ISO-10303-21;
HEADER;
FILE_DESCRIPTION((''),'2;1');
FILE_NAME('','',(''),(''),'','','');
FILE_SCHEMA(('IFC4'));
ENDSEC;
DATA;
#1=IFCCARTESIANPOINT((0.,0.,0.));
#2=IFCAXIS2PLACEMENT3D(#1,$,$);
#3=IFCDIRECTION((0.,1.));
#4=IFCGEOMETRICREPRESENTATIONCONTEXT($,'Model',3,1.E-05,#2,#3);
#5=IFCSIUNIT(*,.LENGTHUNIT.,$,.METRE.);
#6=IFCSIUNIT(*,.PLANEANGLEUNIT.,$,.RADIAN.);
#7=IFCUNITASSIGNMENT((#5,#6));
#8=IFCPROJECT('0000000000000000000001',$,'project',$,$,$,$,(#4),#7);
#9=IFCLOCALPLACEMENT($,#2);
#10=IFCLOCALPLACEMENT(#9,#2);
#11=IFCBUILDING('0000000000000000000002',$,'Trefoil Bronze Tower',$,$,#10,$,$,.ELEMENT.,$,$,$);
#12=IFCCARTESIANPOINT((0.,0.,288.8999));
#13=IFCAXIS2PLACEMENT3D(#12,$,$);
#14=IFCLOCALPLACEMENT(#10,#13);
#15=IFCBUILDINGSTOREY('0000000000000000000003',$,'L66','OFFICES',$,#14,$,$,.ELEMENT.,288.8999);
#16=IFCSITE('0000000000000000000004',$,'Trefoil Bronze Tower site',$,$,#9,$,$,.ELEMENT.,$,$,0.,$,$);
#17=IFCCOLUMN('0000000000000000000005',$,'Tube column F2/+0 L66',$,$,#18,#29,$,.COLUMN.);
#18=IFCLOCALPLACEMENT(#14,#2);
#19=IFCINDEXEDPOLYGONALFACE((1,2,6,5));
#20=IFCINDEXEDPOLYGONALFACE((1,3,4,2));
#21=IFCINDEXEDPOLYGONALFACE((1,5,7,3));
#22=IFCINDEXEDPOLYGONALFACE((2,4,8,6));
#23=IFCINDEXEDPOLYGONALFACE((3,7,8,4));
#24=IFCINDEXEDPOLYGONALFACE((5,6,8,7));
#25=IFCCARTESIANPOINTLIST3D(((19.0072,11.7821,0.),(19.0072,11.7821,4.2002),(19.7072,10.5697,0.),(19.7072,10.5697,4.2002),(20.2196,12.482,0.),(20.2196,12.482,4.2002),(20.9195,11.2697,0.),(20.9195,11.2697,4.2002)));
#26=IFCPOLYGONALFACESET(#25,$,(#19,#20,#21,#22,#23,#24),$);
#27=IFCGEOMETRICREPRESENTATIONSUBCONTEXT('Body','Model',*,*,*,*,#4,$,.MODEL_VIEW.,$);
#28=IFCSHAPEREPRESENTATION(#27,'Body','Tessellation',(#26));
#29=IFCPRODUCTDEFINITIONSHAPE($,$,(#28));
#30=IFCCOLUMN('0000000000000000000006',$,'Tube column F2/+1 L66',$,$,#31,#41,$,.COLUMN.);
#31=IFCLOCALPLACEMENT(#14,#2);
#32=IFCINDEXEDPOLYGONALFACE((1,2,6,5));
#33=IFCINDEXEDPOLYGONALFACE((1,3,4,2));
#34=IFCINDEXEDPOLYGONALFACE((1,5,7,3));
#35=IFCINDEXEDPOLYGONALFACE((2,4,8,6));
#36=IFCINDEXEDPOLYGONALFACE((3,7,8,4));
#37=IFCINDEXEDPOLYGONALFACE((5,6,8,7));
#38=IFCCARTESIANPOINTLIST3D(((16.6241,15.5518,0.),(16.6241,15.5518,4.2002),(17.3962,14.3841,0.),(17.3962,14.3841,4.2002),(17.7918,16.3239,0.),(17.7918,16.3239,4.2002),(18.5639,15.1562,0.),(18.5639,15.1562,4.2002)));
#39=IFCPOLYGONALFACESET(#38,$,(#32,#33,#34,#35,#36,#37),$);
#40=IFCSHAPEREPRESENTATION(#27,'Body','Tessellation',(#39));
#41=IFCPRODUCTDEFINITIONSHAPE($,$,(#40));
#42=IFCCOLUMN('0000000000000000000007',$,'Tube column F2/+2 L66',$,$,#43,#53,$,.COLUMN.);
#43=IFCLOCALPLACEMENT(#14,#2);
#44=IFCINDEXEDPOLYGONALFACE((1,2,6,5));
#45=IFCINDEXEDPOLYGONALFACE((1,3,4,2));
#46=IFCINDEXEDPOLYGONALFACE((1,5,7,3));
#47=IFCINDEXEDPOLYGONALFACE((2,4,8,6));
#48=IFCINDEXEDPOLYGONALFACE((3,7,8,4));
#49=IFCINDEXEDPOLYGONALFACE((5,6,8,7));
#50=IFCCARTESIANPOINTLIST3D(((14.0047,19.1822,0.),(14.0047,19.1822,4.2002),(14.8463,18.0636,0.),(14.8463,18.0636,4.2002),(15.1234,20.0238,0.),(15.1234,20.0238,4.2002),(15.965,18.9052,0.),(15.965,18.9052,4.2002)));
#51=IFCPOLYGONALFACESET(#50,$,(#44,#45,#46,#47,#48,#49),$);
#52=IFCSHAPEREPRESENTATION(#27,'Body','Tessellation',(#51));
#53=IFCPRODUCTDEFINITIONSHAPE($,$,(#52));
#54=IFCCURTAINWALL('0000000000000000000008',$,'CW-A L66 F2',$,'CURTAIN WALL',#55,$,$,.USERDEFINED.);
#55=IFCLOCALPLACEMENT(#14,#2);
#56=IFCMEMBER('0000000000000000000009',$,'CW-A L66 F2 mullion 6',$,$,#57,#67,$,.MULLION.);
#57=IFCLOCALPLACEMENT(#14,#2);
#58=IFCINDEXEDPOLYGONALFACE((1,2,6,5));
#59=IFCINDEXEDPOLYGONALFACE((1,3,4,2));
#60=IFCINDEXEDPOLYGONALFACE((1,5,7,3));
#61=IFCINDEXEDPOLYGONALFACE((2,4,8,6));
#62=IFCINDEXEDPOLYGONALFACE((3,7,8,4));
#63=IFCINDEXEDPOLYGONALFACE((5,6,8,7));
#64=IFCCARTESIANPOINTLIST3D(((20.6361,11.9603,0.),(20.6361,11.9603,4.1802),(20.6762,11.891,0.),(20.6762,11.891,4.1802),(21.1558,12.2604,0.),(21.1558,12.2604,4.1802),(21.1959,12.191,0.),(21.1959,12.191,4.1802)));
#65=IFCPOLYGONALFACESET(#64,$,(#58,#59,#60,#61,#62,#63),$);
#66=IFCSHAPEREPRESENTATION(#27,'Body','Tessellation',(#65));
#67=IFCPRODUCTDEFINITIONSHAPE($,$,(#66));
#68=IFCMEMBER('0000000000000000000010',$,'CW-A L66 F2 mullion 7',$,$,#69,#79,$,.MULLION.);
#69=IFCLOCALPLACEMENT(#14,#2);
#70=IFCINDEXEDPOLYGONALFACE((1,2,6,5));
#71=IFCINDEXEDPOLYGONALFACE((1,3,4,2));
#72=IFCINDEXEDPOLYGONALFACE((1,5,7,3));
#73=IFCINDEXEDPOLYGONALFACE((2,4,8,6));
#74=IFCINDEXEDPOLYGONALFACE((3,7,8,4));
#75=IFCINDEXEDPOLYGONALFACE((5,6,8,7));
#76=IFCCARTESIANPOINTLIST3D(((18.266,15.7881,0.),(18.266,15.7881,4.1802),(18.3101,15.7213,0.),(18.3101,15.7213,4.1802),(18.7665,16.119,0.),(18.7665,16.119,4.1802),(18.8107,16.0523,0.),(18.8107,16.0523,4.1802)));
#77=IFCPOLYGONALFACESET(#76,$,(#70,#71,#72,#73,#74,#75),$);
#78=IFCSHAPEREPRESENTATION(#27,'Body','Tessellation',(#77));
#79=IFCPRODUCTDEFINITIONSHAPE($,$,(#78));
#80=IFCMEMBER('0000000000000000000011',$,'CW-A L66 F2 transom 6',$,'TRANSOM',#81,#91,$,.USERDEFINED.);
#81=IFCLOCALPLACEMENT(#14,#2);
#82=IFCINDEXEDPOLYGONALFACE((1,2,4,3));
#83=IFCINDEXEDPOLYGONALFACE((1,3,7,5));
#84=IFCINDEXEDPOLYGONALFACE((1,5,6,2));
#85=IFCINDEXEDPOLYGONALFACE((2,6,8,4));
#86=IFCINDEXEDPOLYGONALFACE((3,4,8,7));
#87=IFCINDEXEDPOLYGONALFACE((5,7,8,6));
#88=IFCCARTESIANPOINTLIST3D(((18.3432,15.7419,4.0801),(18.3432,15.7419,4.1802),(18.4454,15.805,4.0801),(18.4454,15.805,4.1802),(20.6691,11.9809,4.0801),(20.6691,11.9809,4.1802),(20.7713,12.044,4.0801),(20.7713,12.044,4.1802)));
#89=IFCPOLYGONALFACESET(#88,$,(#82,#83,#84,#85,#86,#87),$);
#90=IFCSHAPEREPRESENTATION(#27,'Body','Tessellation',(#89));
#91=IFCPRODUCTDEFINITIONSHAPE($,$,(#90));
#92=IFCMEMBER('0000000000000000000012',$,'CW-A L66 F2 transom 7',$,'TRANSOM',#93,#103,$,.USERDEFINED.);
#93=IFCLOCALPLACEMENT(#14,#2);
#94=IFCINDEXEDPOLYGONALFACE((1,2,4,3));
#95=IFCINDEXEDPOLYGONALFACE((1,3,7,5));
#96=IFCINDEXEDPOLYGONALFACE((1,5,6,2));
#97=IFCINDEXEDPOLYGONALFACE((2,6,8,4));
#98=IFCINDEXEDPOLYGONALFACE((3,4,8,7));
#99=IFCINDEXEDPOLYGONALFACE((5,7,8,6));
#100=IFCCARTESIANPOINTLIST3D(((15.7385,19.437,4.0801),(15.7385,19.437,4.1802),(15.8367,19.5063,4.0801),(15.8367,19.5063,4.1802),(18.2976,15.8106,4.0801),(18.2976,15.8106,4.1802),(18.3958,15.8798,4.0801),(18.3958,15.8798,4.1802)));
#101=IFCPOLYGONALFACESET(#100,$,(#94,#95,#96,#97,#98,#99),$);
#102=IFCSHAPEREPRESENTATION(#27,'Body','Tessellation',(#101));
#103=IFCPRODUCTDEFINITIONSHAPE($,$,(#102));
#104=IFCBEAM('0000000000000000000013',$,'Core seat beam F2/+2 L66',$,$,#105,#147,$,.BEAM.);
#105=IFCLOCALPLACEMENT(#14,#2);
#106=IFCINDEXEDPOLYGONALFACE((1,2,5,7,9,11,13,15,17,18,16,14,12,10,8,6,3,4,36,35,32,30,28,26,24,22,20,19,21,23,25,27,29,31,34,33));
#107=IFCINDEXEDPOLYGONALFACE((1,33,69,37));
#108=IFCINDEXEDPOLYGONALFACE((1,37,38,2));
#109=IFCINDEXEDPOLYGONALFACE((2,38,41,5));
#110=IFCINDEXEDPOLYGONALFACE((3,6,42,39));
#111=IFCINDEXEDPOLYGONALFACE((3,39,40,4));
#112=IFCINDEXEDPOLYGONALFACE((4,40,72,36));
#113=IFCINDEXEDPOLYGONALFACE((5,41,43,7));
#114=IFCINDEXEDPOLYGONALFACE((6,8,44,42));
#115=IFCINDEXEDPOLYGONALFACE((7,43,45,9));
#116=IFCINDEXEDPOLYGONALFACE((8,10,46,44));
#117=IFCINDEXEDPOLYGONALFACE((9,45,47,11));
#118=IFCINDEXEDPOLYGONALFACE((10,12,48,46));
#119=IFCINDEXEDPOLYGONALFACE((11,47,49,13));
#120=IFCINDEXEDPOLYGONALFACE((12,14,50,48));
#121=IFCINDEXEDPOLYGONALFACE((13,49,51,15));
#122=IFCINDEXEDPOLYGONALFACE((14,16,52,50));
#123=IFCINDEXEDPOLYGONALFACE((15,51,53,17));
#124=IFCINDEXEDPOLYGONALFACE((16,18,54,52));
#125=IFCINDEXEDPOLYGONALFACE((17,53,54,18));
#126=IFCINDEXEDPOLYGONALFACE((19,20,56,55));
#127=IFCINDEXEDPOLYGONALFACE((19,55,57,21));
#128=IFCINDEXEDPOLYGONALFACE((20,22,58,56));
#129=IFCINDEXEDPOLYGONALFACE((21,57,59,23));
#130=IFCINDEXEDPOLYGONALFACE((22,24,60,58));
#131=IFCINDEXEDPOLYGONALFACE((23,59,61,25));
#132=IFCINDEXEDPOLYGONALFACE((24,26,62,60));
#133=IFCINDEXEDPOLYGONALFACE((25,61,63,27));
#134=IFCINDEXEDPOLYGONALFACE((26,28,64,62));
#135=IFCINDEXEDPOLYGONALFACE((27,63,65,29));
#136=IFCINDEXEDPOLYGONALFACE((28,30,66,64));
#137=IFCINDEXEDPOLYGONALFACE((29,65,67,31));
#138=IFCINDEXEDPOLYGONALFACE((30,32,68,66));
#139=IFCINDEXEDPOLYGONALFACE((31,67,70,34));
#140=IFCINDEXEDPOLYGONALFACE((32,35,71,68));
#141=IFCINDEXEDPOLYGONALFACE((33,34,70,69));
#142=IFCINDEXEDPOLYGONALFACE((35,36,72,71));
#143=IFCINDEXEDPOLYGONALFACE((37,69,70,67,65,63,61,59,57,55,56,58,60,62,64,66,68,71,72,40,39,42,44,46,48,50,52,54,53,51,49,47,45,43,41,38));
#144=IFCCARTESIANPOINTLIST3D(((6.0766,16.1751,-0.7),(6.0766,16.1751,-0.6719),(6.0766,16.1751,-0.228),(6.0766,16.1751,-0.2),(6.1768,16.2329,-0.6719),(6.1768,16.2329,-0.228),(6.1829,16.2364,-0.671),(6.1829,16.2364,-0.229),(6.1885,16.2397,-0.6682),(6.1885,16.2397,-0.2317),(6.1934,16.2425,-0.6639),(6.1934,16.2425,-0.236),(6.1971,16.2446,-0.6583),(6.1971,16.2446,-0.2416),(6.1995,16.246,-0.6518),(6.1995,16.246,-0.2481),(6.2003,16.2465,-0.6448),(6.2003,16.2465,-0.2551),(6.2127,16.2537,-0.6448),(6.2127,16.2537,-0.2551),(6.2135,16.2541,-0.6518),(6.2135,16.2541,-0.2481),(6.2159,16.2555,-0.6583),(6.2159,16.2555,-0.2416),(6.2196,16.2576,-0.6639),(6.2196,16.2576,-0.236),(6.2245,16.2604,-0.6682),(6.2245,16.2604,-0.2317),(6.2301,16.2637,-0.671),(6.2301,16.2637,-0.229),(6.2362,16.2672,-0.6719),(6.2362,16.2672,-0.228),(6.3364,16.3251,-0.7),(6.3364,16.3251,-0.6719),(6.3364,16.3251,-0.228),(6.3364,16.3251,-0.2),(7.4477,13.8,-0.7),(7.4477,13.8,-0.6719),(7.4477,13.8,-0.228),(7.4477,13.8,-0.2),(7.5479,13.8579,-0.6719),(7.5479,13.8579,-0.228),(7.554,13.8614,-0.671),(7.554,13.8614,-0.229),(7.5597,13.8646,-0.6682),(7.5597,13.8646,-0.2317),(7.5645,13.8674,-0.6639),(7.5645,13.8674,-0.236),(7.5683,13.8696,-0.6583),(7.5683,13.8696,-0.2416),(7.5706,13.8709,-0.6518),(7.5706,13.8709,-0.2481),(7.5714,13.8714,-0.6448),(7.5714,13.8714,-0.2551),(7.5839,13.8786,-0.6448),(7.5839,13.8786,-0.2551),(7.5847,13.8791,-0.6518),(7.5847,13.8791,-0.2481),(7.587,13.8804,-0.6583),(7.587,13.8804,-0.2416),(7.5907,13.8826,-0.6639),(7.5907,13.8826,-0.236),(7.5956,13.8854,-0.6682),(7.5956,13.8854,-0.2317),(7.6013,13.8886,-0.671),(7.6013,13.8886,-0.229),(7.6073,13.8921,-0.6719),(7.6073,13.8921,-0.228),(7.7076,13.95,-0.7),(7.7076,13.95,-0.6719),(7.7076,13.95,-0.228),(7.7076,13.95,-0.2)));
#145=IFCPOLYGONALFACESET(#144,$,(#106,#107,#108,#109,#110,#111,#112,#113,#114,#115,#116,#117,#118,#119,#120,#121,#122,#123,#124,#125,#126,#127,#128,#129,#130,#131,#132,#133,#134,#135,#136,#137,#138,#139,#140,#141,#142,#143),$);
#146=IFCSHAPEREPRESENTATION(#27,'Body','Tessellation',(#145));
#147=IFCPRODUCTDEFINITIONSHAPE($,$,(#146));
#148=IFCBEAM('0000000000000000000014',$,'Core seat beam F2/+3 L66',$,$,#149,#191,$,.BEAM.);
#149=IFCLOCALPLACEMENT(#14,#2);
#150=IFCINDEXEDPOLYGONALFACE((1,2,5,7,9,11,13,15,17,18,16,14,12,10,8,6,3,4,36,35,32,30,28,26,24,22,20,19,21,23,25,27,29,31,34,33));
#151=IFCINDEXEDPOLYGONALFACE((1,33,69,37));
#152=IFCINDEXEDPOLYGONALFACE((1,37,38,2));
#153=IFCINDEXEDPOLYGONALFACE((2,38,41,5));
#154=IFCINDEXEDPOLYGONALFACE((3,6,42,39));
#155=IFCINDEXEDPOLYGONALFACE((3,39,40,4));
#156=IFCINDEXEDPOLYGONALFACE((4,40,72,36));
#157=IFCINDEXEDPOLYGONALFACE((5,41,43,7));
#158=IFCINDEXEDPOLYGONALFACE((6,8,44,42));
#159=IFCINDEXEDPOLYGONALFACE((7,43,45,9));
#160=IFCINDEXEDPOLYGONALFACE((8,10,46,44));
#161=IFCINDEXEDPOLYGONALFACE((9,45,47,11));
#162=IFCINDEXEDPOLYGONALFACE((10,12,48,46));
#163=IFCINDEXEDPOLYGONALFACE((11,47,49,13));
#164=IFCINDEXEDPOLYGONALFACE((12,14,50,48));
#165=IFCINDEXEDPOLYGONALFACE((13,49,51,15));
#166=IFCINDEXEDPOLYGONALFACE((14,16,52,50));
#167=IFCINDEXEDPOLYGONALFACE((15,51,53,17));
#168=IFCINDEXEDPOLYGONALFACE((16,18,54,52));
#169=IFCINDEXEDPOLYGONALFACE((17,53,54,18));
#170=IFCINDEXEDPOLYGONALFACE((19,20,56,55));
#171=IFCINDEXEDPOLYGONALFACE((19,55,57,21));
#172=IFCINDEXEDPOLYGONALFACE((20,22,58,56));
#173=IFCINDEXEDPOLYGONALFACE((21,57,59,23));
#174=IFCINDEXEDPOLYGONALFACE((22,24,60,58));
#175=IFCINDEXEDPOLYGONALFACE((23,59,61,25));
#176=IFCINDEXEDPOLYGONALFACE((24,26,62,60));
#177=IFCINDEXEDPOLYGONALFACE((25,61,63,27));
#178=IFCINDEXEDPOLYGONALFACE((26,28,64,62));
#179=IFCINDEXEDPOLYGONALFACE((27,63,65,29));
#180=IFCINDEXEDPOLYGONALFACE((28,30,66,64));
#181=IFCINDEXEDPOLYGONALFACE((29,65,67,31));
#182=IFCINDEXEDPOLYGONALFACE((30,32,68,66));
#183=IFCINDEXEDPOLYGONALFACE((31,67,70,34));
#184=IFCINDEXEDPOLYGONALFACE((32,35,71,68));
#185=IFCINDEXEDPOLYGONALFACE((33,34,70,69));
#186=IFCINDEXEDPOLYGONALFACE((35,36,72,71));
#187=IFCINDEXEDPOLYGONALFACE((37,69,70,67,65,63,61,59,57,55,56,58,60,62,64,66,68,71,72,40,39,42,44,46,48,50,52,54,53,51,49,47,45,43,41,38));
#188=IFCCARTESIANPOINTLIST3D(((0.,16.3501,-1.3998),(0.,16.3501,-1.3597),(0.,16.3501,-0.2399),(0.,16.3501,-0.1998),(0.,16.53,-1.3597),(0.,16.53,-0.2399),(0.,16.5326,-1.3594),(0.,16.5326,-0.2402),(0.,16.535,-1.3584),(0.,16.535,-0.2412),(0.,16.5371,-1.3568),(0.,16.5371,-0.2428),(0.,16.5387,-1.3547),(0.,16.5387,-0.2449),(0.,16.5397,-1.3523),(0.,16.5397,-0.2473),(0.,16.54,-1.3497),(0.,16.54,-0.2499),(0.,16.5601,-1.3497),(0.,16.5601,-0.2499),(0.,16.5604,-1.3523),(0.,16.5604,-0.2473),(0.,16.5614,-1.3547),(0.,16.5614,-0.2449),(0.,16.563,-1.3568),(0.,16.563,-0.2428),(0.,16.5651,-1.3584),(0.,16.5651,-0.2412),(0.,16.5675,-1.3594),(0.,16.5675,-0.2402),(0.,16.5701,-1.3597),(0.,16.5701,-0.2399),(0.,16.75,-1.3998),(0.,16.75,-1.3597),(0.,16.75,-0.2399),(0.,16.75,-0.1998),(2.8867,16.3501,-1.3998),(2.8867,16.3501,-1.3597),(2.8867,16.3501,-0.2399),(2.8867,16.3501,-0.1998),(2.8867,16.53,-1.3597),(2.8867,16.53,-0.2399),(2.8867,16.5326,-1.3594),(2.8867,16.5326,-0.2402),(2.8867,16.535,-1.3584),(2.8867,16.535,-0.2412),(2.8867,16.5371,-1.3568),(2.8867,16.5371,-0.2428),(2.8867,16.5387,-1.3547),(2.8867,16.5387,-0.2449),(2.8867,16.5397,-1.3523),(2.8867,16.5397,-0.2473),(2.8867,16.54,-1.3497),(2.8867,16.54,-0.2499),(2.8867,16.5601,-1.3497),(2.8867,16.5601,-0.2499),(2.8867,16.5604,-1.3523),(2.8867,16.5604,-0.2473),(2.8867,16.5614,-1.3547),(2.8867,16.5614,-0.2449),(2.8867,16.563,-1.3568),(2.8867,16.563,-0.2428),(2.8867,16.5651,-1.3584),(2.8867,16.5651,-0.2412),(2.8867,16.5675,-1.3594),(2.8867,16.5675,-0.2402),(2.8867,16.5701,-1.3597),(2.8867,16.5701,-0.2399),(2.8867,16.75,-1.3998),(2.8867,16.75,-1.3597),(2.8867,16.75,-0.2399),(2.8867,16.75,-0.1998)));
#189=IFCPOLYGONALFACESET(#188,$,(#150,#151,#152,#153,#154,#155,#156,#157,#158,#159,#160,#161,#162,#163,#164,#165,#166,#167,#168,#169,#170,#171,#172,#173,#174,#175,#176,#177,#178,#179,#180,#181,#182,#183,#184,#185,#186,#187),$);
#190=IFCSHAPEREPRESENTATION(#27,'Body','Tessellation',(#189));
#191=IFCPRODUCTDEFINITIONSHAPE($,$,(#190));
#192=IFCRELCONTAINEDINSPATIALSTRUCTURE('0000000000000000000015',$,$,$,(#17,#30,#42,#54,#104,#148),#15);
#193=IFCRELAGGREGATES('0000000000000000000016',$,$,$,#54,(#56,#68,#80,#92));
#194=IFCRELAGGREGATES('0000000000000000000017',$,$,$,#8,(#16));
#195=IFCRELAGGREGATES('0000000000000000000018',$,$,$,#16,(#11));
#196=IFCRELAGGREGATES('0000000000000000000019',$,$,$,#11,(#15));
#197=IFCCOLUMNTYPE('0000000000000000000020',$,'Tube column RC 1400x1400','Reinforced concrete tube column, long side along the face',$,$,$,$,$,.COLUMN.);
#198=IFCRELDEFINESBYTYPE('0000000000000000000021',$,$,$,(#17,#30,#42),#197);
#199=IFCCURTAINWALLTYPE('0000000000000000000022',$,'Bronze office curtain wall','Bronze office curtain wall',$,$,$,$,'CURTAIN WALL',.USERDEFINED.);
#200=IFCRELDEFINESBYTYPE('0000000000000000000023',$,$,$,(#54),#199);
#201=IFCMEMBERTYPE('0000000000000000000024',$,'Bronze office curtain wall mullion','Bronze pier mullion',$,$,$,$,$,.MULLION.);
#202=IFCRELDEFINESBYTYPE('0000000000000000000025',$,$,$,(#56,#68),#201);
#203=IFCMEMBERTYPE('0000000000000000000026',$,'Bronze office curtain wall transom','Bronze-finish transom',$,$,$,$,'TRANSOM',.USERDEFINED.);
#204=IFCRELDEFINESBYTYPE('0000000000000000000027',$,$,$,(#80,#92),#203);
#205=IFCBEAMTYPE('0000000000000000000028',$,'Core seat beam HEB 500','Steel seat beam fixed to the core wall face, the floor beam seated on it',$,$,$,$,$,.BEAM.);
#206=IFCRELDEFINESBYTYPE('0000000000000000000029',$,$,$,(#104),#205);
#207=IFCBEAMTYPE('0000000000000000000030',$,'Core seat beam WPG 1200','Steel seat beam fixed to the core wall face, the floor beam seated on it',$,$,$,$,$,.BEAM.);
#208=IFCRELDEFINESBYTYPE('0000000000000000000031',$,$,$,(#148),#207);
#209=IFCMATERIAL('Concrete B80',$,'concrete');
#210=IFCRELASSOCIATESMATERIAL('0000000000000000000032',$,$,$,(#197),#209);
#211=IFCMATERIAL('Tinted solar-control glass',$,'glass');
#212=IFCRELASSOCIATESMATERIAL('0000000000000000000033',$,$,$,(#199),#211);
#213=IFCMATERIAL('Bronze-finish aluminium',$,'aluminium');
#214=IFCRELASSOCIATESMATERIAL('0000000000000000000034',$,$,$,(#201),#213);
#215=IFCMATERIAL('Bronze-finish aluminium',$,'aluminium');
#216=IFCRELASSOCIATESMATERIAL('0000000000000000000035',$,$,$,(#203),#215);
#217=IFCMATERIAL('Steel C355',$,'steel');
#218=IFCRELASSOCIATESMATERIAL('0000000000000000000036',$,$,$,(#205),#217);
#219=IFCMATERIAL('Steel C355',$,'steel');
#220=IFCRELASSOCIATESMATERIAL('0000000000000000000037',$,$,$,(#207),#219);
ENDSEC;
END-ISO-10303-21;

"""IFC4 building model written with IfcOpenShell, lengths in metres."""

from ifc_helpers import new_model, si_unit, direction, frame, origin, origin_2d, place, context, subcontext, project, spatial, rectangle, i_section, extrude, material, material_profile, profile_set, type_object, element, aggregate, save


model = new_model("IFC4")

# Units and contexts
model_context = context("Model", 3, precision=1e-05, world=origin(), true_north=direction((0.0, 1.0)))
body_context = subcontext(model_context, "Body", "Model", "MODEL_VIEW")
ifc_project = project(units=[si_unit("LENGTHUNIT", "METRE"), si_unit("PLANEANGLEUNIT", "RADIAN")], contexts=[model_context])

# Site, building, storey
site_placement = place(None, origin())
site = spatial("IfcSite", under=ifc_project, at=site_placement, Name="Trefoil Bronze Tower site", CompositionType="ELEMENT", RefElevation=0.0)
building_placement = place(site_placement, origin())
building = spatial("IfcBuilding", under=site, at=building_placement, Name="Trefoil Bronze Tower", CompositionType="ELEMENT")
storey_placement = place(building_placement, frame((0.0, 0.0, 288.8999)))
storey = spatial("IfcBuildingStorey", under=building, at=storey_placement, Name="L66", Description="OFFICES", CompositionType="ELEMENT", Elevation=288.8999)

# Columns
ifc_material_1 = material(Name="Concrete B80", Category="concrete")
ifc_material_profile_1 = material_profile(ifc_material_1, rectangle(XDim=1.3999, YDim=1.3999, at=origin_2d()), Name="RC 1400x1400")
ifc_profile_set_1 = profile_set([ifc_material_profile_1], Name="Concrete B80")
column_type = type_object("IfcColumnType", Name="Tube column RC 1400x1400", Description="Reinforced concrete tube column, long side along the face", PredefinedType="COLUMN", material=ifc_profile_set_1)
for number, where, z_axis, x_axis, name in (
    (1, (19.9634, 11.5259, 0.0), (0.0, 0.0, 1.0), (-0.5, 0.866025, 0.0), "Tube column F2/+0 L66"),
    (2, (17.594, 15.354, 0.0), (0.0, 0.0, 1.0), (-0.551524, 0.834159, 0.0), "Tube column F2/+1 L66"),
    (3, (14.9849, 19.0437, 0.0), (0.0, 0.0, 1.0), (-0.601203, 0.799096, 0.0), "Tube column F2/+2 L66"),
):
    element("IfcColumn", number, at=place(storey_placement, frame(where, z_axis=z_axis, x_axis=x_axis)), inside=storey, type_object=column_type, Name=name, PredefinedType="COLUMN", context=body_context, shape_type="SweptSolid", body=[
        extrude(rectangle(XDim=1.3999, YDim=1.3999, at=origin_2d()), origin(), (0.0, 0.0, 1.0), 4.2002),
    ])

# Curtain wall, members
ifc_material_2 = material(Name="Tinted solar-control glass", Category="glass")
curtain_wall_type = type_object("IfcCurtainWallType", Name="Bronze office curtain wall", Description="Bronze office curtain wall", ElementType="CURTAIN WALL", PredefinedType="USERDEFINED", material=ifc_material_2)
curtain_wall_placement = place(storey_placement, origin())
curtain_wall = element("IfcCurtainWall", 4, at=curtain_wall_placement, inside=storey, type_object=curtain_wall_type, Name="CW-A L66 F2", ObjectType="CURTAIN WALL", PredefinedType="USERDEFINED")
ifc_material_3 = material(Name="Bronze-finish aluminium", Category="aluminium")
ifc_material_profile_2 = material_profile(ifc_material_3, rectangle(XDim=0.6001, YDim=0.0801, at=origin_2d()), Name="CW-A mullion")
ifc_profile_set_2 = profile_set([ifc_material_profile_2], Name="Bronze-finish aluminium")
member_type_1 = type_object("IfcMemberType", Name="Bronze office curtain wall mullion", Description="Bronze pier mullion", PredefinedType="MULLION", material=ifc_profile_set_2)
member_1_placement = place(storey_placement, frame((20.916, 12.0757, 0.0), z_axis=(0.0, 0.0, 1.0), x_axis=(-0.866025, -0.5, 0.0)))
member_1 = element("IfcMember", 5, at=member_1_placement, type_object=member_type_1, Name="CW-A L66 F2 mullion 6", PredefinedType="MULLION", context=body_context, shape_type="SweptSolid", body=[
    extrude(rectangle(XDim=0.6001, YDim=0.0801, at=origin_2d()), origin(), (0.0, 0.0, 1.0), 4.1802),
])
member_2_placement = place(storey_placement, frame((18.5383, 15.9202, 0.0), z_axis=(0.0, 0.0, 1.0), x_axis=(-0.834159, -0.551524, 0.0)))
member_2 = element("IfcMember", 6, at=member_2_placement, type_object=member_type_1, Name="CW-A L66 F2 mullion 7", PredefinedType="MULLION", context=body_context, shape_type="SweptSolid", body=[
    extrude(rectangle(XDim=0.6001, YDim=0.0801, at=origin_2d()), origin(), (0.0, 0.0, 1.0), 4.1802),
])
ifc_material_4 = material(Name="Bronze-finish aluminium", Category="aluminium")
ifc_material_profile_3 = material_profile(ifc_material_4, rectangle(XDim=0.1201, YDim=0.1001, at=origin_2d()), Name="CW-A transom")
ifc_profile_set_3 = profile_set([ifc_material_profile_3], Name="Bronze-finish aluminium")
member_type_2 = type_object("IfcMemberType", Name="Bronze office curtain wall transom", Description="Bronze-finish transom", ElementType="TRANSOM", PredefinedType="USERDEFINED", material=ifc_profile_set_3)
member_3_placement = place(storey_placement, frame((20.7202, 12.0125, 4.1301), z_axis=(-0.525978, 0.850498, 0.0), x_axis=(-0.850498, -0.525978, 0.0)))
member_3 = element("IfcMember", 7, at=member_3_placement, type_object=member_type_2, Name="CW-A L66 F2 transom 6", ObjectType="TRANSOM", PredefinedType="USERDEFINED", context=body_context, shape_type="SweptSolid", body=[
    extrude(rectangle(XDim=0.1201, YDim=0.1001, at=origin_2d()), origin(), (0.0, 0.0, 1.0), 4.4221),
])
member_4_placement = place(storey_placement, frame((18.3467, 15.8452, 4.1301), z_axis=(-0.576567, 0.81705, 0.0), x_axis=(-0.81705, -0.576567, 0.0)))
member_4 = element("IfcMember", 8, at=member_4_placement, type_object=member_type_2, Name="CW-A L66 F2 transom 7", ObjectType="TRANSOM", PredefinedType="USERDEFINED", context=body_context, shape_type="SweptSolid", body=[
    extrude(rectangle(XDim=0.1201, YDim=0.1001, at=origin_2d()), origin(), (0.0, 0.0, 1.0), 4.4385),
])

# Beams
ifc_material_5 = material(Name="Steel C355", Category="steel")
ifc_material_profile_4 = material_profile(ifc_material_5, i_section(OverallWidth=0.3, OverallDepth=0.5, WebThickness=0.0144, FlangeThickness=0.0281, FilletRadius=0.0271, at=origin_2d()), Name="HEB 500")
ifc_profile_set_4 = profile_set([ifc_material_profile_4], Name="Steel C355")
beam_type_1 = type_object("IfcBeamType", Name="Core seat beam HEB 500", Description="Steel seat beam fixed to the core wall face, the floor beam seated on it", PredefinedType="BEAM", material=ifc_profile_set_4)
beam_1_placement = place(storey_placement, frame((7.5776, 13.875, -0.45), z_axis=(-0.499969, 0.866043, 0.0), x_axis=(-0.866043, -0.499969, 0.0)))
element("IfcBeam", 9, at=beam_1_placement, inside=storey, type_object=beam_type_1, Name="Core seat beam F2/+2 L66", PredefinedType="BEAM", context=body_context, shape_type="SweptSolid", body=[
    extrude(i_section(OverallWidth=0.3, OverallDepth=0.5, WebThickness=0.0144, FlangeThickness=0.0281, FilletRadius=0.0271, at=origin_2d()), origin(), (0.0, 0.0, 1.0), 2.7424),
])
ifc_material_6 = material(Name="Steel C355", Category="steel")
ifc_material_profile_5 = material_profile(ifc_material_6, i_section(OverallWidth=0.3999, OverallDepth=1.2, WebThickness=0.02, FlangeThickness=0.04, FilletRadius=0.01, at=origin_2d()), Name="WPG 1200")
ifc_profile_set_5 = profile_set([ifc_material_profile_5], Name="Steel C355")
beam_type_2 = type_object("IfcBeamType", Name="Core seat beam WPG 1200", Description="Steel seat beam fixed to the core wall face, the floor beam seated on it", PredefinedType="BEAM", material=ifc_profile_set_5)
beam_2_placement = place(storey_placement, frame((2.8867, 16.55, -0.7998), z_axis=(-1.0, 0.0, 0.0), x_axis=(0.0, -1.0, 0.0)))
element("IfcBeam", 10, at=beam_2_placement, inside=storey, type_object=beam_type_2, Name="Core seat beam F2/+3 L66", PredefinedType="BEAM", context=body_context, shape_type="SweptSolid", body=[
    extrude(i_section(OverallWidth=0.3999, OverallDepth=1.2, WebThickness=0.02, FlangeThickness=0.04, FilletRadius=0.01, at=origin_2d()), origin(), (0.0, 0.0, 1.0), 2.8867),
])

aggregate(curtain_wall, [member_1, member_2, member_3, member_4])

save(model, "model.ifc")
